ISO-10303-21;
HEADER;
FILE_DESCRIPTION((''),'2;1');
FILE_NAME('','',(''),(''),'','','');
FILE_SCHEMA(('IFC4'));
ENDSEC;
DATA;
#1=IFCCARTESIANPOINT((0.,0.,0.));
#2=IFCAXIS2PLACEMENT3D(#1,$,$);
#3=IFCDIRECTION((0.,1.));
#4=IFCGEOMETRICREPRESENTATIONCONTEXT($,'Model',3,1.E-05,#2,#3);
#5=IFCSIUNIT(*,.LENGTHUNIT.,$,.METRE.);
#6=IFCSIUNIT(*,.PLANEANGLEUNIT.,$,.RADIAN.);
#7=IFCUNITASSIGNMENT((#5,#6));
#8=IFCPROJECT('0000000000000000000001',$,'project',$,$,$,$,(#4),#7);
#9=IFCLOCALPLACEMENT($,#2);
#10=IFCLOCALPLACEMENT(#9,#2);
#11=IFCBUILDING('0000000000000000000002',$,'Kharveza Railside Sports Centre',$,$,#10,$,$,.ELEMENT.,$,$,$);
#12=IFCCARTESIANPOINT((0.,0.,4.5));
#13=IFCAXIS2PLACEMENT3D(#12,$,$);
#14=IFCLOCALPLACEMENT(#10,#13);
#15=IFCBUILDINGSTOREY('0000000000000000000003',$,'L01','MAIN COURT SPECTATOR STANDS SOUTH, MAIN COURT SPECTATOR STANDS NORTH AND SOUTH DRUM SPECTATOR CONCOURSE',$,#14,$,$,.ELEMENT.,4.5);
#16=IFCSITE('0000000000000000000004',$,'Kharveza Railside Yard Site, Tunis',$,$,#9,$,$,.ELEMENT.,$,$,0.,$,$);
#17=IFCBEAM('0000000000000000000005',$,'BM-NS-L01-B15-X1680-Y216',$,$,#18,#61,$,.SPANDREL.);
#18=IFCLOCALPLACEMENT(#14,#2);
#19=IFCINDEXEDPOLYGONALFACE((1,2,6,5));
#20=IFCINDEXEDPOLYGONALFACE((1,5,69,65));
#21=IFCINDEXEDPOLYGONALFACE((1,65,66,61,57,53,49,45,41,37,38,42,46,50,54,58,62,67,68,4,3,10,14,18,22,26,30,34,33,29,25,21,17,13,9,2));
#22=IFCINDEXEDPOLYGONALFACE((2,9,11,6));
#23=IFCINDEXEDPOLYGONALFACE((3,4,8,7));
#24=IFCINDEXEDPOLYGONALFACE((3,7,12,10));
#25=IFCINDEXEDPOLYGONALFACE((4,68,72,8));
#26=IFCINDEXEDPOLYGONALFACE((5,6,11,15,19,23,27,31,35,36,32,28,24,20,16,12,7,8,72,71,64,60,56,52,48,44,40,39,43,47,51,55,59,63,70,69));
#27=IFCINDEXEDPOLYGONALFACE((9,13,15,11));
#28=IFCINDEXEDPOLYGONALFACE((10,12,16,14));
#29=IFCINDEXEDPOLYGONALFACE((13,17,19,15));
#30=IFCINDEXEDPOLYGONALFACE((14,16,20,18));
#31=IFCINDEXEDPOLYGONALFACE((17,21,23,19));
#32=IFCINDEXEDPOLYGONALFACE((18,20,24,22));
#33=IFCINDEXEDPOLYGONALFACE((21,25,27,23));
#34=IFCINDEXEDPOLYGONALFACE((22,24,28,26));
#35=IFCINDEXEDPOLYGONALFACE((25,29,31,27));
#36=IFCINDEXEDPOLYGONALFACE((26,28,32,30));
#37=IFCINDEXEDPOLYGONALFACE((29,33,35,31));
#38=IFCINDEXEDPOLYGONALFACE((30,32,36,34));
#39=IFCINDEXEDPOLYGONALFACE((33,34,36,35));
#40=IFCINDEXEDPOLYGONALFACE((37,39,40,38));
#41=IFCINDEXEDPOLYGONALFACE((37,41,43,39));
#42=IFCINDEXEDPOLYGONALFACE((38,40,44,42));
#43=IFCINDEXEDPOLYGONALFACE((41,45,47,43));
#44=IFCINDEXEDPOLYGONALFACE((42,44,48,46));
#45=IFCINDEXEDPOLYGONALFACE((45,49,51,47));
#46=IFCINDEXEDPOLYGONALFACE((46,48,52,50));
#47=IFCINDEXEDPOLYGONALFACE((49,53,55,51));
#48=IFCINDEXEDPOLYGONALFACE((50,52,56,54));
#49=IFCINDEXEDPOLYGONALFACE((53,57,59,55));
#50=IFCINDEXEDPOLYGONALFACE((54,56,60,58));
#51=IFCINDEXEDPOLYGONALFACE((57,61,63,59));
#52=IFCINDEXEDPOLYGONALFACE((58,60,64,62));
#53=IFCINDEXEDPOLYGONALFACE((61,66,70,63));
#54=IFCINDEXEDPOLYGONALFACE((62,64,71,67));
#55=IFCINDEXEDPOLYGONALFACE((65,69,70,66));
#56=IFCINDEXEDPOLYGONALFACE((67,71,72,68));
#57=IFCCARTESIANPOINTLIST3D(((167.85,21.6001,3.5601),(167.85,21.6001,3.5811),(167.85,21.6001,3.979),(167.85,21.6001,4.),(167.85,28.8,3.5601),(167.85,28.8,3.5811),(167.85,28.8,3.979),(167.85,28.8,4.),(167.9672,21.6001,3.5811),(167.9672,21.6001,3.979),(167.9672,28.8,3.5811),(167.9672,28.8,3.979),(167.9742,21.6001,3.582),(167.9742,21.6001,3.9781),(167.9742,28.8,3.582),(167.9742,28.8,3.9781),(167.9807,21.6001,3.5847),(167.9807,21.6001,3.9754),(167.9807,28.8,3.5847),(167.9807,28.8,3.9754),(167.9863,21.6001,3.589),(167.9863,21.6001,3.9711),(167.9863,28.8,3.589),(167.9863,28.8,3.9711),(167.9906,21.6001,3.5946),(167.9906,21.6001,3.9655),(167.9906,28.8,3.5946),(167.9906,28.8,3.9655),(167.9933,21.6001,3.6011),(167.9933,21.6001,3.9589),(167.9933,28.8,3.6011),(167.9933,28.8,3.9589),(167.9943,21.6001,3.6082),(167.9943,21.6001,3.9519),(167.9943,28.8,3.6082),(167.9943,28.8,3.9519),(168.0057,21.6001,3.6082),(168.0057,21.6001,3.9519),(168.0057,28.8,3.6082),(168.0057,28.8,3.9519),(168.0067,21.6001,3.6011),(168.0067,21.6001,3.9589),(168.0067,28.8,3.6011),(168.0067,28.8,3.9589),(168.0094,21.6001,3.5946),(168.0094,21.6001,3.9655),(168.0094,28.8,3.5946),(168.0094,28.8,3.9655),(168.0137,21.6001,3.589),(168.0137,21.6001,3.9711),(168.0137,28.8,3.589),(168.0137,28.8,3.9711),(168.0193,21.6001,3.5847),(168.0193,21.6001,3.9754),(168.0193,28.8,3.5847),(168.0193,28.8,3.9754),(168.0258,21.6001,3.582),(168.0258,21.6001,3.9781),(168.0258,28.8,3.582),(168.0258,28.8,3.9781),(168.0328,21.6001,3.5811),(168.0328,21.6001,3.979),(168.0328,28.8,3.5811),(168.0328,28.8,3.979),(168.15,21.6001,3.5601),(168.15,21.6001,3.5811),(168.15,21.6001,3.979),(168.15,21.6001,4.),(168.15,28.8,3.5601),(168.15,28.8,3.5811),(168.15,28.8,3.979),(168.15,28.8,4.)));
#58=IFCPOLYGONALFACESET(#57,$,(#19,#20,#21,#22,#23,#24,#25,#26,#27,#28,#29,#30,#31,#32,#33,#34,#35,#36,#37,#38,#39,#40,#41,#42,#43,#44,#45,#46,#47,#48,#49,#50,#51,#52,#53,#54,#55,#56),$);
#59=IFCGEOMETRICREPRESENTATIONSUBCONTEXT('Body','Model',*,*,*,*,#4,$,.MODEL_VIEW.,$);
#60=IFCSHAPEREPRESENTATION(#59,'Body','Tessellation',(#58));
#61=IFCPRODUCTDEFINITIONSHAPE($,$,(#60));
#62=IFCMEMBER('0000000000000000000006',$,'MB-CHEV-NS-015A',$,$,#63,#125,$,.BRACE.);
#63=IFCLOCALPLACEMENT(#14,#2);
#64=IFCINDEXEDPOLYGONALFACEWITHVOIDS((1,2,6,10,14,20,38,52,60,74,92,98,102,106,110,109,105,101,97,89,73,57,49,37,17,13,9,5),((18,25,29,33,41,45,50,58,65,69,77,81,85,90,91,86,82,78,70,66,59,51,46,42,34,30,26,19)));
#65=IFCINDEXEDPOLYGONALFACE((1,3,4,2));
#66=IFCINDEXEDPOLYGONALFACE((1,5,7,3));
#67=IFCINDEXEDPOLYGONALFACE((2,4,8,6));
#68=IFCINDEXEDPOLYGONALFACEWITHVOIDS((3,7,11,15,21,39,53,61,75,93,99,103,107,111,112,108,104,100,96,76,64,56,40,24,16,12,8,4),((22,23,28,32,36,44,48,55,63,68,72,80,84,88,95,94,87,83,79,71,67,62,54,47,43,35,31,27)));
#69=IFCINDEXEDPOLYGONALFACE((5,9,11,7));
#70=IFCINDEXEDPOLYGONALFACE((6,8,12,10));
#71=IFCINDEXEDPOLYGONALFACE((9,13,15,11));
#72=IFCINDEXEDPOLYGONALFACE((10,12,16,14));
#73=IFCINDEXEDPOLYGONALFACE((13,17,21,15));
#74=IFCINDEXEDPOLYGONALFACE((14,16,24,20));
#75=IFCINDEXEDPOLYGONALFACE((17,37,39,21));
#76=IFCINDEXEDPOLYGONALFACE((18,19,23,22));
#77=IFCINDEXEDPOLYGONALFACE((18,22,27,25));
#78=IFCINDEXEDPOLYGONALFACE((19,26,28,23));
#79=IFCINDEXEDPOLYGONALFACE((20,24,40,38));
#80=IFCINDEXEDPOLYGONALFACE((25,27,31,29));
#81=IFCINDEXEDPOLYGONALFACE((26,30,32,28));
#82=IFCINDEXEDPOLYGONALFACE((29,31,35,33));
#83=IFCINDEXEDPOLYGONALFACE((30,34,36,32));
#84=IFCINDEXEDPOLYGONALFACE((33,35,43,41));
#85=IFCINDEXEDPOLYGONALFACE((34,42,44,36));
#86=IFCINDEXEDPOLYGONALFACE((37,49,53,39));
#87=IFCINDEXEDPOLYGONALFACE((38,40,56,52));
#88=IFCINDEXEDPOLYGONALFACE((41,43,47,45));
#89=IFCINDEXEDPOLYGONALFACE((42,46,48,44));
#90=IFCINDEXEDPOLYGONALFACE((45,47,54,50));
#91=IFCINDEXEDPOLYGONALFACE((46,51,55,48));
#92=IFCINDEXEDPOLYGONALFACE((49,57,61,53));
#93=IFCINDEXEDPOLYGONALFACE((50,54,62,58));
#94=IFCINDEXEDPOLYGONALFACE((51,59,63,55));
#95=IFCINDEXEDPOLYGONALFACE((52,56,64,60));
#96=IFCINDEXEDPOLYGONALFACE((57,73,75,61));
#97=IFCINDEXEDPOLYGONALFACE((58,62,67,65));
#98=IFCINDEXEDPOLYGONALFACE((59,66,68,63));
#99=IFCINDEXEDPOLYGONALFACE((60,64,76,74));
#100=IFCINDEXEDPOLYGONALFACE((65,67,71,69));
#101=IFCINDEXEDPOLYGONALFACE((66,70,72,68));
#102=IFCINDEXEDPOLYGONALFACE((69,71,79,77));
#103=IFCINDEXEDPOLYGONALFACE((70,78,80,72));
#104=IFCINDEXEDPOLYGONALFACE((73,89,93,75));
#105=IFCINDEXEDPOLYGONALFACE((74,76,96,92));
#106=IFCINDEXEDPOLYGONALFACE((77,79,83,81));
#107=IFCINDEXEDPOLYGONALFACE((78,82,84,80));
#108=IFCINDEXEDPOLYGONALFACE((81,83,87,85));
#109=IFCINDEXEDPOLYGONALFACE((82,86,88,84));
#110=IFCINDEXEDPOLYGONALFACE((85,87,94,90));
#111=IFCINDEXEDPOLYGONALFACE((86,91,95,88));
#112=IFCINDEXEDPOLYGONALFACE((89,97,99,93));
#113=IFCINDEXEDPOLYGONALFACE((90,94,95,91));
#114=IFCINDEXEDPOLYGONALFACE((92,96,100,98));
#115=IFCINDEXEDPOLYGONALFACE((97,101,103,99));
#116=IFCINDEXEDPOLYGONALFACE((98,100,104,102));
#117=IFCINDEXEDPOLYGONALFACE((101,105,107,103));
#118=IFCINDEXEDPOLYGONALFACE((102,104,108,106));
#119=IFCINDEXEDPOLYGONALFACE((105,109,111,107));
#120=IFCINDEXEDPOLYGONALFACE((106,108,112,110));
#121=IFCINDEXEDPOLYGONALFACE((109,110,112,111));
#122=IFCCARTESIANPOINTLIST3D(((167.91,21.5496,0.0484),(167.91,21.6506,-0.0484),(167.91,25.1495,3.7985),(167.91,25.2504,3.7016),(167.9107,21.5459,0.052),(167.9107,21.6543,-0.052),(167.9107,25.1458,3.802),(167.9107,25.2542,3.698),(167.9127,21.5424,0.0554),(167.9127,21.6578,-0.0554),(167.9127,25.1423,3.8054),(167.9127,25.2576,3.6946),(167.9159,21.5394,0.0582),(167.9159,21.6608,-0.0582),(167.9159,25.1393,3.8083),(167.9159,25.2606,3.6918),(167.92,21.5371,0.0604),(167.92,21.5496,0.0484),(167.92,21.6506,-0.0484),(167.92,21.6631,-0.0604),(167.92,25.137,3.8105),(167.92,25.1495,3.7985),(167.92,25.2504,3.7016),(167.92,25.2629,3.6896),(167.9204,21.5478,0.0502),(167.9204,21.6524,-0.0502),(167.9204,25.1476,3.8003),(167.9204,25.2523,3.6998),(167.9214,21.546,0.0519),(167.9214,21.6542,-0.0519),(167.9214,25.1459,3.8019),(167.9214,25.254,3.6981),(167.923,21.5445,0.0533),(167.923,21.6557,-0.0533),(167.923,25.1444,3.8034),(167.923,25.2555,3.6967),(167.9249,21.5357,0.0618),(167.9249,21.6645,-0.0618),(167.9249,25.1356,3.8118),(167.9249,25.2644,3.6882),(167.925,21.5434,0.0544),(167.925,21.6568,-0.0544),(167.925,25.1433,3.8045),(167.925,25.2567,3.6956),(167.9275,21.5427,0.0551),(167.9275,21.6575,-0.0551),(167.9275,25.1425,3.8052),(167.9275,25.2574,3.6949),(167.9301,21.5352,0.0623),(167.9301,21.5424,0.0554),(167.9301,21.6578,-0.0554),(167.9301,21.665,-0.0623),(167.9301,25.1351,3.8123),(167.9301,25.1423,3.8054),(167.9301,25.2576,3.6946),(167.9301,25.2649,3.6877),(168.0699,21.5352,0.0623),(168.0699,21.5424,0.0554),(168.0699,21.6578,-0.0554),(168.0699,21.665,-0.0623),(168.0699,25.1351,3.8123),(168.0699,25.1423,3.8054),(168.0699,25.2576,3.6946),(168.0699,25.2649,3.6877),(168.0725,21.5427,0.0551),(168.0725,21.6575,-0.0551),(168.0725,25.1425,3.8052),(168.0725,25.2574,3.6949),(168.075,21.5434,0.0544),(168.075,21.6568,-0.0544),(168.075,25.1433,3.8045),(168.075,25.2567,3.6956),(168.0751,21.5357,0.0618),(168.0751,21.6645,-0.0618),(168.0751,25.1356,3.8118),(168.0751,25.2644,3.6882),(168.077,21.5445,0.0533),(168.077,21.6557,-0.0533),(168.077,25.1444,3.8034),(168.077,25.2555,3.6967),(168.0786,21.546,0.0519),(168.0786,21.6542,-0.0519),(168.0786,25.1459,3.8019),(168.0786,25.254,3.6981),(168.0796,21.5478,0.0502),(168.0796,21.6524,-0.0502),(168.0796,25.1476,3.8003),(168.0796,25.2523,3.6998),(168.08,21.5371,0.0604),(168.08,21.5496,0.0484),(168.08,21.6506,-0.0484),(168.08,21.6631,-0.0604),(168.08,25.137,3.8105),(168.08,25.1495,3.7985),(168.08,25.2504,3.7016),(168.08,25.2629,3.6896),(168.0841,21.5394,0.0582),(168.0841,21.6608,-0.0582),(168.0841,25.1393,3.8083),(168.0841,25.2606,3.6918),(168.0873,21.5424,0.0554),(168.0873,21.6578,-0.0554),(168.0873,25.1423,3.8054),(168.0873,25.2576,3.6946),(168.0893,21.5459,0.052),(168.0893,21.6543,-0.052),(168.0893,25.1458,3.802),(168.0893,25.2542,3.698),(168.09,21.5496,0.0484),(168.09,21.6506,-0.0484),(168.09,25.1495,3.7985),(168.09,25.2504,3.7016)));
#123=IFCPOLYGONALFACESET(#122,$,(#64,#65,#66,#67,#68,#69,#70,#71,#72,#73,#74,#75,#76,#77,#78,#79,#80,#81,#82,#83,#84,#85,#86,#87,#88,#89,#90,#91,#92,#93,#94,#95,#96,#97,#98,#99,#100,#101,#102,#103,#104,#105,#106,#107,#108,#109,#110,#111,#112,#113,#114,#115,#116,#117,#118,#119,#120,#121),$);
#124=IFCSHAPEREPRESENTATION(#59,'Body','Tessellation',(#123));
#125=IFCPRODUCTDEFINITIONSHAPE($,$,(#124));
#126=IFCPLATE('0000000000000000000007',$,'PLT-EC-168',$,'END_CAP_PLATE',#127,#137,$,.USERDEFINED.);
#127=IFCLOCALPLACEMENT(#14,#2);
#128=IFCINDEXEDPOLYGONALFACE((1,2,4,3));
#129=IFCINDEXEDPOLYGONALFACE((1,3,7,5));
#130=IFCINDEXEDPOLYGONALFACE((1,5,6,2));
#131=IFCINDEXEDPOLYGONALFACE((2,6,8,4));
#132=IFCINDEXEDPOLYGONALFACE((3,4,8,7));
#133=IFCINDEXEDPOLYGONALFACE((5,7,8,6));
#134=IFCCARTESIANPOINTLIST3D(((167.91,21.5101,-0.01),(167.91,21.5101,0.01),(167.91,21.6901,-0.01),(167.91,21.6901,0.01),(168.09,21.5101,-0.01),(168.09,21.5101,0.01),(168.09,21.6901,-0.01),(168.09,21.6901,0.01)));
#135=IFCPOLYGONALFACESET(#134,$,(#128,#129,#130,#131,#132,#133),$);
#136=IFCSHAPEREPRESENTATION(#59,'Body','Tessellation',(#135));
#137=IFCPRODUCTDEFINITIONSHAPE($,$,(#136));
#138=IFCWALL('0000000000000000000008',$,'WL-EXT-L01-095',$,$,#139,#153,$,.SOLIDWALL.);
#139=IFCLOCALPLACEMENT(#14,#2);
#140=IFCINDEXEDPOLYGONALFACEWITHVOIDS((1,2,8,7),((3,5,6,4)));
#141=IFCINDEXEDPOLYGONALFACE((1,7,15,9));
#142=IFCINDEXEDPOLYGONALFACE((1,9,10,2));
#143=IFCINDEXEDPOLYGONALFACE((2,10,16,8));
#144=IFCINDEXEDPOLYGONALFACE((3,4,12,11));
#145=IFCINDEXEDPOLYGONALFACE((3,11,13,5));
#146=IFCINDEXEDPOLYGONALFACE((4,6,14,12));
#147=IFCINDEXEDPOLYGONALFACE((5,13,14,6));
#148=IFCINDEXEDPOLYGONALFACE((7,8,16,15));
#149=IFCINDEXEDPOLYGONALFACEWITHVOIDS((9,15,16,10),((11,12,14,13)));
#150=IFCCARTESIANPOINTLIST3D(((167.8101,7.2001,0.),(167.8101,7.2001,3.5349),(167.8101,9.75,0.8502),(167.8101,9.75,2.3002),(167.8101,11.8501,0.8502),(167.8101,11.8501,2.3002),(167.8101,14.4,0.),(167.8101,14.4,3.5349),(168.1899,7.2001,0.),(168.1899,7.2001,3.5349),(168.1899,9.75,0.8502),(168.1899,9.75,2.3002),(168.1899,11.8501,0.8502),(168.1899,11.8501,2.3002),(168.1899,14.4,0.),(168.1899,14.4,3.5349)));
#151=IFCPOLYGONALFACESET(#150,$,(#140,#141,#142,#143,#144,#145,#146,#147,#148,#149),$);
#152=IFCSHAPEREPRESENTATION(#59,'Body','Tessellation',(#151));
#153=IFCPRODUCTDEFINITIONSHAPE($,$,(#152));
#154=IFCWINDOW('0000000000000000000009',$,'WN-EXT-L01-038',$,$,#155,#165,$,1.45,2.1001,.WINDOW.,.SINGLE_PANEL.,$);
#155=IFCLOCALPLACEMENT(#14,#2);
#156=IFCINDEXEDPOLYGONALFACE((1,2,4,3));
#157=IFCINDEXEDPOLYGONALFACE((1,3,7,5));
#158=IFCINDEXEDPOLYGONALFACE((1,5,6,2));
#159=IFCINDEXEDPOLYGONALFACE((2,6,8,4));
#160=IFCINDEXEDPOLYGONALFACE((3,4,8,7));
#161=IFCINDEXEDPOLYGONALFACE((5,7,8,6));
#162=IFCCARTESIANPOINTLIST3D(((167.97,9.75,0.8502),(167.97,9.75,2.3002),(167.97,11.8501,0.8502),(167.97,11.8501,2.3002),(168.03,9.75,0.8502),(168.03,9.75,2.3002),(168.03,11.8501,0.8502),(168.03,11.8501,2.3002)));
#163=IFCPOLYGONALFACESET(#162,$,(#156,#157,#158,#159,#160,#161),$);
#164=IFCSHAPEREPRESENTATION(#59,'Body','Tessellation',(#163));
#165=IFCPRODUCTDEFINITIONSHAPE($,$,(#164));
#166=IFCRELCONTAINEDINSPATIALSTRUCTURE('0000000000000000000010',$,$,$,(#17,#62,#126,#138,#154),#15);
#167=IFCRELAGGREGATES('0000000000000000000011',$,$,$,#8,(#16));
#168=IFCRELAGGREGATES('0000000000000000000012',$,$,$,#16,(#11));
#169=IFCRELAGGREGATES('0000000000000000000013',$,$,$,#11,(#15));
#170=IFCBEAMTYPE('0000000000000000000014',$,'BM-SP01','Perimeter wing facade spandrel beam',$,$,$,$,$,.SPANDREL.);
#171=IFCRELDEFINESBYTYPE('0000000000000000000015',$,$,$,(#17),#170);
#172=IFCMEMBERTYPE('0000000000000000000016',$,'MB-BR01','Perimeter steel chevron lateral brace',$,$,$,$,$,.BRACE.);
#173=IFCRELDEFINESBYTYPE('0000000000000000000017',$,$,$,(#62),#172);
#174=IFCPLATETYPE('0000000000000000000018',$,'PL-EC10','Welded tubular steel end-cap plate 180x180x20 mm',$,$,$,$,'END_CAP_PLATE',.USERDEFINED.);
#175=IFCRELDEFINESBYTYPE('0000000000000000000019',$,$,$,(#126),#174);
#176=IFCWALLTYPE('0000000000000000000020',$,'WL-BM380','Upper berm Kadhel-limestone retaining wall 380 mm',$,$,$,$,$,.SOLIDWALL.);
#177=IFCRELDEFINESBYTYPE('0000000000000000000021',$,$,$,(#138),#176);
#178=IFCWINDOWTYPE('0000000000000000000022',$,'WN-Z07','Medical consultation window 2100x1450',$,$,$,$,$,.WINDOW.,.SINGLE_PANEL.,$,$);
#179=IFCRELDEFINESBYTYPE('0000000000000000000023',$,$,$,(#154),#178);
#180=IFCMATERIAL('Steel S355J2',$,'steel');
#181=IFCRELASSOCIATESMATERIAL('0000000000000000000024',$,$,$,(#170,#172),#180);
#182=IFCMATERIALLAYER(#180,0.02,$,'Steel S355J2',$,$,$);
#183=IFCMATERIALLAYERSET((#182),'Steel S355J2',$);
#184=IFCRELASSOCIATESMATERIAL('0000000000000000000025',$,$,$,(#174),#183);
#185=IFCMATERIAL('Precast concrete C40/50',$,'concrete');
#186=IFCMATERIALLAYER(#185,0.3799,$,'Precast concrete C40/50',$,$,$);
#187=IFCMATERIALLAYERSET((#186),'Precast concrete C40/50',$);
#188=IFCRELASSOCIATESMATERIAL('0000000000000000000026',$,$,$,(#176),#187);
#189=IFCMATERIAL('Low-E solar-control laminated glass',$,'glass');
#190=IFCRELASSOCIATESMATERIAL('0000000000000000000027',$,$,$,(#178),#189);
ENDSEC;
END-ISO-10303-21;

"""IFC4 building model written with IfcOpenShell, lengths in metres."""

from ifc_helpers import new_model, si_unit, direction, frame, frame_2d, origin, origin_2d, place, context, subcontext, project, spatial, rectangle, hollow_rectangle, i_section, extrude, material, layer, layer_set, material_profile, profile_set, type_object, element, fill, save


model = new_model("IFC4")

# Units and contexts
model_context = context("Model", 3, precision=1e-05, world=origin(), true_north=direction((0.0, 1.0)))
body_context = subcontext(model_context, "Body", "Model", "MODEL_VIEW")
ifc_project = project(units=[si_unit("LENGTHUNIT", "METRE"), si_unit("PLANEANGLEUNIT", "RADIAN")], contexts=[model_context])

# Site, building, storey
site_placement = place(None, origin())
site = spatial("IfcSite", under=ifc_project, at=site_placement, Name="Kharveza Railside Yard Site, Tunis", CompositionType="ELEMENT", RefElevation=0.0)
building_placement = place(site_placement, origin())
building = spatial("IfcBuilding", under=site, at=building_placement, Name="Kharveza Railside Sports Centre", CompositionType="ELEMENT")
storey_placement = place(building_placement, frame((0.0, 0.0, 4.5)))
storey = spatial("IfcBuildingStorey", under=building, at=storey_placement, Name="L01", Description="MAIN COURT SPECTATOR STANDS SOUTH, MAIN COURT SPECTATOR STANDS NORTH AND SOUTH DRUM SPECTATOR CONCOURSE", CompositionType="ELEMENT", Elevation=4.5)

# Shared definitions
ifc_material_1 = material(Name="Steel S355J2", Category="steel")

# Beam
ifc_material_profile_1 = material_profile(ifc_material_1, i_section(OverallWidth=0.3, OverallDepth=0.4399, WebThickness=0.0115, FlangeThickness=0.021, FilletRadius=0.0271, at=origin_2d()), Name="HEA 450")
ifc_profile_set_1 = profile_set([ifc_material_profile_1], Name="Steel S355J2")
beam_type_1 = type_object("IfcBeamType", Name="BM-SP01", Description="Perimeter wing facade spandrel beam", PredefinedType="SPANDREL", material=ifc_profile_set_1)
beam_1_placement = place(storey_placement, frame((168.0, 21.6001, 3.78), z_axis=(0.0, 1.0, 0.0), x_axis=(-1.0, 0.0, 0.0)))
element("IfcBeam", 1, at=beam_1_placement, inside=storey, type_object=beam_type_1, Name="BM-NS-L01-B15-X1680-Y216", PredefinedType="SPANDREL", context=body_context, shape_type="SweptSolid", body=[
    extrude(i_section(OverallWidth=0.3, OverallDepth=0.4399, WebThickness=0.0115, FlangeThickness=0.021, FilletRadius=0.0271, at=origin_2d()), origin(), (0.0, 0.0, 1.0), 7.2),
])

# Member
ifc_material_profile_2 = material_profile(ifc_material_1, hollow_rectangle(XDim=0.1799, YDim=0.1799, WallThickness=0.01, InnerFilletRadius=0.01, OuterFilletRadius=0.02, at=origin_2d()), Name="SHS 180x180x10.0")
ifc_profile_set_2 = profile_set([ifc_material_profile_2], Name="Steel S355J2")
member_type = type_object("IfcMemberType", Name="MB-BR01", Description="Perimeter steel chevron lateral brace", PredefinedType="BRACE", material=ifc_profile_set_2)
member_placement = place(storey_placement, frame((168.0, 21.6001, 0.0), z_axis=(0.0, 0.692517, 0.721401), x_axis=(-1.0, 0.0, 0.0)))
element("IfcMember", 2, at=member_placement, inside=storey, type_object=member_type, Name="MB-CHEV-NS-015A", PredefinedType="BRACE", context=body_context, shape_type="SweptSolid", body=[
    extrude(hollow_rectangle(XDim=0.1799, YDim=0.1799, WallThickness=0.01, InnerFilletRadius=0.01, OuterFilletRadius=0.02, at=origin_2d()), origin(), (0.0, 0.0, 1.0), 5.1982),
])

# Plate
ifc_layer_1 = layer(ifc_material_1, 0.02, Name="Steel S355J2")
ifc_layer_set_1 = layer_set([ifc_layer_1], Name="Steel S355J2")
plate_type = type_object("IfcPlateType", Name="PL-EC10", Description="Welded tubular steel end-cap plate 180x180x20 mm", ElementType="END_CAP_PLATE", PredefinedType="USERDEFINED", material=ifc_layer_set_1)
plate_placement = place(storey_placement, frame((168.0, 21.6001, -0.01), z_axis=(0.0, 0.0, 1.0), x_axis=(1.0, 0.0, 0.0)))
element("IfcPlate", 3, at=plate_placement, inside=storey, type_object=plate_type, Name="PLT-EC-168", ObjectType="END_CAP_PLATE", PredefinedType="USERDEFINED", context=body_context, shape_type="SweptSolid", body=[
    extrude(rectangle(XDim=0.1799, YDim=0.1799, at=origin_2d()), origin(), (0.0, 0.0, 1.0), 0.02),
])

# Wall, opening, window
ifc_material_2 = material(Name="Precast concrete C40/50", Category="concrete")
ifc_layer_2 = layer(ifc_material_2, 0.3799, Name="Precast concrete C40/50")
ifc_layer_set_2 = layer_set([ifc_layer_2], Name="Precast concrete C40/50")
wall_type_1 = type_object("IfcWallType", Name="WL-BM380", Description="Upper berm Kadhel-limestone retaining wall 380 mm", PredefinedType="SOLIDWALL", material=ifc_layer_set_2)
wall_1_placement = place(storey_placement, frame((168.0, 7.2, 0.0), z_axis=(0.0, 0.0, 1.0), x_axis=(0.0, 1.0, 0.0)))
wall_1 = element("IfcWall", 4, at=wall_1_placement, inside=storey, type_object=wall_type_1, Name="WL-EXT-L01-095", PredefinedType="SOLIDWALL", context=body_context, shape_type="SweptSolid", body=[
    extrude(rectangle(XDim=7.2, YDim=0.3799, at=frame_2d((3.6001, 0.0))), origin(), (0.0, 0.0, 1.0), 3.5349),
])
opening_1_placement = place(wall_1_placement, frame((2.55, 0.0, 0.8501)))
opening_1 = element("IfcOpeningElement", 5, at=opening_1_placement, cuts=wall_1, PredefinedType="OPENING", context=body_context, shape_type="SweptSolid", body=[
    extrude(rectangle(XDim=2.1001, YDim=1.45, at=frame_2d((1.05, 0.7251))), frame((0.0, 0.2148, 0.0), z_axis=(0.0, -1.0, 0.0), x_axis=(1.0, 0.0, 0.0)), (0.0, 0.0, 1.0), 0.4297),
])
ifc_material_3 = material(Name="Low-E solar-control laminated glass", Category="glass")
window_type_1 = type_object("IfcWindowType", Name="WN-Z07", Description="Medical consultation window 2100x1450", PartitioningType="SINGLE_PANEL", PredefinedType="WINDOW", material=ifc_material_3)
window_1_placement = place(opening_1_placement, origin())
window_1 = element("IfcWindow", 6, at=window_1_placement, inside=storey, type_object=window_type_1, Name="WN-EXT-L01-038", OverallHeight=1.45, OverallWidth=2.1001, PartitioningType="SINGLE_PANEL", PredefinedType="WINDOW", context=body_context, shape_type="SweptSolid", body=[
    extrude(rectangle(XDim=2.1001, YDim=1.45, at=frame_2d((1.05, 0.7251))), frame((0.0, 0.03, 0.0), z_axis=(0.0, -1.0, 0.0), x_axis=(1.0, 0.0, 0.0)), (0.0, 0.0, 1.0), 0.0601),
])
fill(opening_1, window_1)

save(model, "model.ifc")
